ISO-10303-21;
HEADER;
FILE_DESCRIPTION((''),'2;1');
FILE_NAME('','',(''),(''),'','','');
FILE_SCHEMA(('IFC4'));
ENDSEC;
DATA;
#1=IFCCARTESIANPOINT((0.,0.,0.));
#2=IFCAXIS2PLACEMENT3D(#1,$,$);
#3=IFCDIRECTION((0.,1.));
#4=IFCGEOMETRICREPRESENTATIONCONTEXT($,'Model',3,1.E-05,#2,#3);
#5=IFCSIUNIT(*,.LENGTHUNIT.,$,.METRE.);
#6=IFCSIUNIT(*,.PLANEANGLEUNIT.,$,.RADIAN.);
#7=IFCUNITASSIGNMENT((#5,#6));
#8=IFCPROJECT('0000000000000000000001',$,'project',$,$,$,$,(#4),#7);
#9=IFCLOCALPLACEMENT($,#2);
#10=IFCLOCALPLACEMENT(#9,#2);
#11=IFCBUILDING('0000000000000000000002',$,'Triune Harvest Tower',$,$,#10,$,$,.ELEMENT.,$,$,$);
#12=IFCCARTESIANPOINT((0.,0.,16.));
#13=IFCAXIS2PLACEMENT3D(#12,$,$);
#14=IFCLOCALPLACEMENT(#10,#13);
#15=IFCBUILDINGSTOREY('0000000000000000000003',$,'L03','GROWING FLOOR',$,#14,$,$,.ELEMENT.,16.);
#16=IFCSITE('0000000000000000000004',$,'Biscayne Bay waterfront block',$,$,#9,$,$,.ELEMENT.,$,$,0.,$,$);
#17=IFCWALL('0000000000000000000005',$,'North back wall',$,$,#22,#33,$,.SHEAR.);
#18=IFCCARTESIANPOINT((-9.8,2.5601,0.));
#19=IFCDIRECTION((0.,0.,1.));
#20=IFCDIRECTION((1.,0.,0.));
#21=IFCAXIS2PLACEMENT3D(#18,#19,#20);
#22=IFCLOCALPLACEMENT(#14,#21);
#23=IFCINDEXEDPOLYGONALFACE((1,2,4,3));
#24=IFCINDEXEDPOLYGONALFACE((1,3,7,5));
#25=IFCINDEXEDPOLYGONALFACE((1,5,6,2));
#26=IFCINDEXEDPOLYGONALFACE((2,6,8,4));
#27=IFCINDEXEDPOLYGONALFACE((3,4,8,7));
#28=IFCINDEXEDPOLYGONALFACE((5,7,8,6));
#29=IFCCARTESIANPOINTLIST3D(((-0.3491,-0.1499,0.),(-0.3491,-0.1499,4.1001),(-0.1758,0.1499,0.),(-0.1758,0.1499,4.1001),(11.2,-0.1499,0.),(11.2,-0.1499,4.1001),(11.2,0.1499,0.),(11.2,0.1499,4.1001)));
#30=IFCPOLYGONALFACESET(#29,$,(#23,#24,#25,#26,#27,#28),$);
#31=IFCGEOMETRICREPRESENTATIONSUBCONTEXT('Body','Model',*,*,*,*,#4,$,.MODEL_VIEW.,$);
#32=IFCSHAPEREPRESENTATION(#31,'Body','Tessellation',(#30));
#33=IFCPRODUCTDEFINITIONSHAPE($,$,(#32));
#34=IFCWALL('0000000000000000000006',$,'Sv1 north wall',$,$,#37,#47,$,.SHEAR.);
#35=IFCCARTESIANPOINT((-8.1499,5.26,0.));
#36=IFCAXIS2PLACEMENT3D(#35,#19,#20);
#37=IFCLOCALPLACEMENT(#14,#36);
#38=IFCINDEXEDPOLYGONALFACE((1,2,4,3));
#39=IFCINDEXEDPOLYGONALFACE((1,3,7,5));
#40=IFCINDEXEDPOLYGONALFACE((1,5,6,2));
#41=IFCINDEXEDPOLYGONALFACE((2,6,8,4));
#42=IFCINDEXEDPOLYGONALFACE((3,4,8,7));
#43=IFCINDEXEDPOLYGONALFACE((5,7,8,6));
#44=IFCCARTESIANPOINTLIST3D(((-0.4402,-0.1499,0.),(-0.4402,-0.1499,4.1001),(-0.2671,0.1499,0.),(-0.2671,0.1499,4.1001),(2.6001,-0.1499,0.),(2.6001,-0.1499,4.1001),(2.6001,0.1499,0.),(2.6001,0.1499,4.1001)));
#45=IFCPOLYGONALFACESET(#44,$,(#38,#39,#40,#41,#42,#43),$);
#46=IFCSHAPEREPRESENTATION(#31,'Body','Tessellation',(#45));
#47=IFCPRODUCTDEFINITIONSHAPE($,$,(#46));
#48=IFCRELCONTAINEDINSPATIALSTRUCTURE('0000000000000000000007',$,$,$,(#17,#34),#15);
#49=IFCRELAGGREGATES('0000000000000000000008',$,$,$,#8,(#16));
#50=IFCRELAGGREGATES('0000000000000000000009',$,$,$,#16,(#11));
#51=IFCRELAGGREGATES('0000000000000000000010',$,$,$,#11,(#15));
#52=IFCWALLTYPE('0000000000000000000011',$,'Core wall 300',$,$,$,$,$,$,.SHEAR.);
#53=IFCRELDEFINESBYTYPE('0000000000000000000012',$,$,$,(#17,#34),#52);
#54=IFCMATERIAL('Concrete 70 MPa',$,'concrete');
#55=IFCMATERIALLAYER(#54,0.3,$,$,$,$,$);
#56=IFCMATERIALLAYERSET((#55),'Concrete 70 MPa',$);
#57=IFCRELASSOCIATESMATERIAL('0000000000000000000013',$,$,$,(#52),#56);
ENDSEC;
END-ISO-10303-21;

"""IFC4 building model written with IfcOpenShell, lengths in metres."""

from ifc_helpers import new_model, si_unit, direction, frame, origin, place, context, subcontext, project, spatial, polyline, outline, extrude, source, transform, mapped, material, layer, layer_set, type_object, element, save


model = new_model("IFC4")

# Units and contexts
model_context = context("Model", 3, precision=1e-05, world=origin(), true_north=direction((0.0, 1.0)))
body_context = subcontext(model_context, "Body", "Model", "MODEL_VIEW")
ifc_project = project(units=[si_unit("LENGTHUNIT", "METRE"), si_unit("PLANEANGLEUNIT", "RADIAN")], contexts=[model_context])

# Site, building, storey
site_placement = place(None, origin())
site = spatial("IfcSite", under=ifc_project, at=site_placement, Name="Biscayne Bay waterfront block", CompositionType="ELEMENT", RefElevation=0.0)
building_placement = place(site_placement, origin())
building = spatial("IfcBuilding", under=site, at=building_placement, Name="Triune Harvest Tower", CompositionType="ELEMENT")
storey_placement = place(building_placement, frame((0.0, 0.0, 16.0)))
storey = spatial("IfcBuildingStorey", under=building, at=storey_placement, Name="L03", Description="GROWING FLOOR", CompositionType="ELEMENT", Elevation=16.0)

# Shared definitions
ifc_material_1 = material(Name="Concrete 70 MPa", Category="concrete")
ifc_layer_1 = layer(ifc_material_1, 0.3)
ifc_layer_set_1 = layer_set([ifc_layer_1], Name="Concrete 70 MPa")
wall_type_1 = type_object("IfcWallType", Name="Core wall 300", PredefinedType="SHEAR", material=ifc_layer_set_1)

# Walls
shared_shape_1 = source(origin(), body_context, "Body", "SweptSolid", [
    extrude(outline(polyline([(11.2, -0.1499), (-0.3491, -0.1499), (-0.1758, 0.1499), (11.2, 0.1499), (11.2, -0.1499)])), origin(), (0.0, 0.0, 1.0), 4.1001),
])
wall_1_placement = place(storey_placement, frame((-9.8, 2.5601, 0.0), z_axis=(0.0, 0.0, 1.0), x_axis=(1.0, 0.0, 0.0)))
element("IfcWall", 1, at=wall_1_placement, inside=storey, type_object=wall_type_1, Name="North back wall", PredefinedType="SHEAR", context=body_context, shape_type="MappedRepresentation", body=[
    mapped(shared_shape_1, transform((0.0, 0.0, 0.0), scale=1.0)),
])
shared_shape_2 = source(origin(), body_context, "Body", "SweptSolid", [
    extrude(outline(polyline([(2.6001, -0.1499), (-0.4402, -0.1499), (-0.2671, 0.1499), (2.6001, 0.1499), (2.6001, -0.1499)])), origin(), (0.0, 0.0, 1.0), 4.1001),
])
wall_2_placement = place(storey_placement, frame((-8.1499, 5.26, 0.0), z_axis=(0.0, 0.0, 1.0), x_axis=(1.0, 0.0, 0.0)))
element("IfcWall", 2, at=wall_2_placement, inside=storey, type_object=wall_type_1, Name="Sv1 north wall", PredefinedType="SHEAR", context=body_context, shape_type="MappedRepresentation", body=[
    mapped(shared_shape_2, transform((0.0, 0.0, 0.0), scale=1.0)),
])

save(model, "model.ifc")
